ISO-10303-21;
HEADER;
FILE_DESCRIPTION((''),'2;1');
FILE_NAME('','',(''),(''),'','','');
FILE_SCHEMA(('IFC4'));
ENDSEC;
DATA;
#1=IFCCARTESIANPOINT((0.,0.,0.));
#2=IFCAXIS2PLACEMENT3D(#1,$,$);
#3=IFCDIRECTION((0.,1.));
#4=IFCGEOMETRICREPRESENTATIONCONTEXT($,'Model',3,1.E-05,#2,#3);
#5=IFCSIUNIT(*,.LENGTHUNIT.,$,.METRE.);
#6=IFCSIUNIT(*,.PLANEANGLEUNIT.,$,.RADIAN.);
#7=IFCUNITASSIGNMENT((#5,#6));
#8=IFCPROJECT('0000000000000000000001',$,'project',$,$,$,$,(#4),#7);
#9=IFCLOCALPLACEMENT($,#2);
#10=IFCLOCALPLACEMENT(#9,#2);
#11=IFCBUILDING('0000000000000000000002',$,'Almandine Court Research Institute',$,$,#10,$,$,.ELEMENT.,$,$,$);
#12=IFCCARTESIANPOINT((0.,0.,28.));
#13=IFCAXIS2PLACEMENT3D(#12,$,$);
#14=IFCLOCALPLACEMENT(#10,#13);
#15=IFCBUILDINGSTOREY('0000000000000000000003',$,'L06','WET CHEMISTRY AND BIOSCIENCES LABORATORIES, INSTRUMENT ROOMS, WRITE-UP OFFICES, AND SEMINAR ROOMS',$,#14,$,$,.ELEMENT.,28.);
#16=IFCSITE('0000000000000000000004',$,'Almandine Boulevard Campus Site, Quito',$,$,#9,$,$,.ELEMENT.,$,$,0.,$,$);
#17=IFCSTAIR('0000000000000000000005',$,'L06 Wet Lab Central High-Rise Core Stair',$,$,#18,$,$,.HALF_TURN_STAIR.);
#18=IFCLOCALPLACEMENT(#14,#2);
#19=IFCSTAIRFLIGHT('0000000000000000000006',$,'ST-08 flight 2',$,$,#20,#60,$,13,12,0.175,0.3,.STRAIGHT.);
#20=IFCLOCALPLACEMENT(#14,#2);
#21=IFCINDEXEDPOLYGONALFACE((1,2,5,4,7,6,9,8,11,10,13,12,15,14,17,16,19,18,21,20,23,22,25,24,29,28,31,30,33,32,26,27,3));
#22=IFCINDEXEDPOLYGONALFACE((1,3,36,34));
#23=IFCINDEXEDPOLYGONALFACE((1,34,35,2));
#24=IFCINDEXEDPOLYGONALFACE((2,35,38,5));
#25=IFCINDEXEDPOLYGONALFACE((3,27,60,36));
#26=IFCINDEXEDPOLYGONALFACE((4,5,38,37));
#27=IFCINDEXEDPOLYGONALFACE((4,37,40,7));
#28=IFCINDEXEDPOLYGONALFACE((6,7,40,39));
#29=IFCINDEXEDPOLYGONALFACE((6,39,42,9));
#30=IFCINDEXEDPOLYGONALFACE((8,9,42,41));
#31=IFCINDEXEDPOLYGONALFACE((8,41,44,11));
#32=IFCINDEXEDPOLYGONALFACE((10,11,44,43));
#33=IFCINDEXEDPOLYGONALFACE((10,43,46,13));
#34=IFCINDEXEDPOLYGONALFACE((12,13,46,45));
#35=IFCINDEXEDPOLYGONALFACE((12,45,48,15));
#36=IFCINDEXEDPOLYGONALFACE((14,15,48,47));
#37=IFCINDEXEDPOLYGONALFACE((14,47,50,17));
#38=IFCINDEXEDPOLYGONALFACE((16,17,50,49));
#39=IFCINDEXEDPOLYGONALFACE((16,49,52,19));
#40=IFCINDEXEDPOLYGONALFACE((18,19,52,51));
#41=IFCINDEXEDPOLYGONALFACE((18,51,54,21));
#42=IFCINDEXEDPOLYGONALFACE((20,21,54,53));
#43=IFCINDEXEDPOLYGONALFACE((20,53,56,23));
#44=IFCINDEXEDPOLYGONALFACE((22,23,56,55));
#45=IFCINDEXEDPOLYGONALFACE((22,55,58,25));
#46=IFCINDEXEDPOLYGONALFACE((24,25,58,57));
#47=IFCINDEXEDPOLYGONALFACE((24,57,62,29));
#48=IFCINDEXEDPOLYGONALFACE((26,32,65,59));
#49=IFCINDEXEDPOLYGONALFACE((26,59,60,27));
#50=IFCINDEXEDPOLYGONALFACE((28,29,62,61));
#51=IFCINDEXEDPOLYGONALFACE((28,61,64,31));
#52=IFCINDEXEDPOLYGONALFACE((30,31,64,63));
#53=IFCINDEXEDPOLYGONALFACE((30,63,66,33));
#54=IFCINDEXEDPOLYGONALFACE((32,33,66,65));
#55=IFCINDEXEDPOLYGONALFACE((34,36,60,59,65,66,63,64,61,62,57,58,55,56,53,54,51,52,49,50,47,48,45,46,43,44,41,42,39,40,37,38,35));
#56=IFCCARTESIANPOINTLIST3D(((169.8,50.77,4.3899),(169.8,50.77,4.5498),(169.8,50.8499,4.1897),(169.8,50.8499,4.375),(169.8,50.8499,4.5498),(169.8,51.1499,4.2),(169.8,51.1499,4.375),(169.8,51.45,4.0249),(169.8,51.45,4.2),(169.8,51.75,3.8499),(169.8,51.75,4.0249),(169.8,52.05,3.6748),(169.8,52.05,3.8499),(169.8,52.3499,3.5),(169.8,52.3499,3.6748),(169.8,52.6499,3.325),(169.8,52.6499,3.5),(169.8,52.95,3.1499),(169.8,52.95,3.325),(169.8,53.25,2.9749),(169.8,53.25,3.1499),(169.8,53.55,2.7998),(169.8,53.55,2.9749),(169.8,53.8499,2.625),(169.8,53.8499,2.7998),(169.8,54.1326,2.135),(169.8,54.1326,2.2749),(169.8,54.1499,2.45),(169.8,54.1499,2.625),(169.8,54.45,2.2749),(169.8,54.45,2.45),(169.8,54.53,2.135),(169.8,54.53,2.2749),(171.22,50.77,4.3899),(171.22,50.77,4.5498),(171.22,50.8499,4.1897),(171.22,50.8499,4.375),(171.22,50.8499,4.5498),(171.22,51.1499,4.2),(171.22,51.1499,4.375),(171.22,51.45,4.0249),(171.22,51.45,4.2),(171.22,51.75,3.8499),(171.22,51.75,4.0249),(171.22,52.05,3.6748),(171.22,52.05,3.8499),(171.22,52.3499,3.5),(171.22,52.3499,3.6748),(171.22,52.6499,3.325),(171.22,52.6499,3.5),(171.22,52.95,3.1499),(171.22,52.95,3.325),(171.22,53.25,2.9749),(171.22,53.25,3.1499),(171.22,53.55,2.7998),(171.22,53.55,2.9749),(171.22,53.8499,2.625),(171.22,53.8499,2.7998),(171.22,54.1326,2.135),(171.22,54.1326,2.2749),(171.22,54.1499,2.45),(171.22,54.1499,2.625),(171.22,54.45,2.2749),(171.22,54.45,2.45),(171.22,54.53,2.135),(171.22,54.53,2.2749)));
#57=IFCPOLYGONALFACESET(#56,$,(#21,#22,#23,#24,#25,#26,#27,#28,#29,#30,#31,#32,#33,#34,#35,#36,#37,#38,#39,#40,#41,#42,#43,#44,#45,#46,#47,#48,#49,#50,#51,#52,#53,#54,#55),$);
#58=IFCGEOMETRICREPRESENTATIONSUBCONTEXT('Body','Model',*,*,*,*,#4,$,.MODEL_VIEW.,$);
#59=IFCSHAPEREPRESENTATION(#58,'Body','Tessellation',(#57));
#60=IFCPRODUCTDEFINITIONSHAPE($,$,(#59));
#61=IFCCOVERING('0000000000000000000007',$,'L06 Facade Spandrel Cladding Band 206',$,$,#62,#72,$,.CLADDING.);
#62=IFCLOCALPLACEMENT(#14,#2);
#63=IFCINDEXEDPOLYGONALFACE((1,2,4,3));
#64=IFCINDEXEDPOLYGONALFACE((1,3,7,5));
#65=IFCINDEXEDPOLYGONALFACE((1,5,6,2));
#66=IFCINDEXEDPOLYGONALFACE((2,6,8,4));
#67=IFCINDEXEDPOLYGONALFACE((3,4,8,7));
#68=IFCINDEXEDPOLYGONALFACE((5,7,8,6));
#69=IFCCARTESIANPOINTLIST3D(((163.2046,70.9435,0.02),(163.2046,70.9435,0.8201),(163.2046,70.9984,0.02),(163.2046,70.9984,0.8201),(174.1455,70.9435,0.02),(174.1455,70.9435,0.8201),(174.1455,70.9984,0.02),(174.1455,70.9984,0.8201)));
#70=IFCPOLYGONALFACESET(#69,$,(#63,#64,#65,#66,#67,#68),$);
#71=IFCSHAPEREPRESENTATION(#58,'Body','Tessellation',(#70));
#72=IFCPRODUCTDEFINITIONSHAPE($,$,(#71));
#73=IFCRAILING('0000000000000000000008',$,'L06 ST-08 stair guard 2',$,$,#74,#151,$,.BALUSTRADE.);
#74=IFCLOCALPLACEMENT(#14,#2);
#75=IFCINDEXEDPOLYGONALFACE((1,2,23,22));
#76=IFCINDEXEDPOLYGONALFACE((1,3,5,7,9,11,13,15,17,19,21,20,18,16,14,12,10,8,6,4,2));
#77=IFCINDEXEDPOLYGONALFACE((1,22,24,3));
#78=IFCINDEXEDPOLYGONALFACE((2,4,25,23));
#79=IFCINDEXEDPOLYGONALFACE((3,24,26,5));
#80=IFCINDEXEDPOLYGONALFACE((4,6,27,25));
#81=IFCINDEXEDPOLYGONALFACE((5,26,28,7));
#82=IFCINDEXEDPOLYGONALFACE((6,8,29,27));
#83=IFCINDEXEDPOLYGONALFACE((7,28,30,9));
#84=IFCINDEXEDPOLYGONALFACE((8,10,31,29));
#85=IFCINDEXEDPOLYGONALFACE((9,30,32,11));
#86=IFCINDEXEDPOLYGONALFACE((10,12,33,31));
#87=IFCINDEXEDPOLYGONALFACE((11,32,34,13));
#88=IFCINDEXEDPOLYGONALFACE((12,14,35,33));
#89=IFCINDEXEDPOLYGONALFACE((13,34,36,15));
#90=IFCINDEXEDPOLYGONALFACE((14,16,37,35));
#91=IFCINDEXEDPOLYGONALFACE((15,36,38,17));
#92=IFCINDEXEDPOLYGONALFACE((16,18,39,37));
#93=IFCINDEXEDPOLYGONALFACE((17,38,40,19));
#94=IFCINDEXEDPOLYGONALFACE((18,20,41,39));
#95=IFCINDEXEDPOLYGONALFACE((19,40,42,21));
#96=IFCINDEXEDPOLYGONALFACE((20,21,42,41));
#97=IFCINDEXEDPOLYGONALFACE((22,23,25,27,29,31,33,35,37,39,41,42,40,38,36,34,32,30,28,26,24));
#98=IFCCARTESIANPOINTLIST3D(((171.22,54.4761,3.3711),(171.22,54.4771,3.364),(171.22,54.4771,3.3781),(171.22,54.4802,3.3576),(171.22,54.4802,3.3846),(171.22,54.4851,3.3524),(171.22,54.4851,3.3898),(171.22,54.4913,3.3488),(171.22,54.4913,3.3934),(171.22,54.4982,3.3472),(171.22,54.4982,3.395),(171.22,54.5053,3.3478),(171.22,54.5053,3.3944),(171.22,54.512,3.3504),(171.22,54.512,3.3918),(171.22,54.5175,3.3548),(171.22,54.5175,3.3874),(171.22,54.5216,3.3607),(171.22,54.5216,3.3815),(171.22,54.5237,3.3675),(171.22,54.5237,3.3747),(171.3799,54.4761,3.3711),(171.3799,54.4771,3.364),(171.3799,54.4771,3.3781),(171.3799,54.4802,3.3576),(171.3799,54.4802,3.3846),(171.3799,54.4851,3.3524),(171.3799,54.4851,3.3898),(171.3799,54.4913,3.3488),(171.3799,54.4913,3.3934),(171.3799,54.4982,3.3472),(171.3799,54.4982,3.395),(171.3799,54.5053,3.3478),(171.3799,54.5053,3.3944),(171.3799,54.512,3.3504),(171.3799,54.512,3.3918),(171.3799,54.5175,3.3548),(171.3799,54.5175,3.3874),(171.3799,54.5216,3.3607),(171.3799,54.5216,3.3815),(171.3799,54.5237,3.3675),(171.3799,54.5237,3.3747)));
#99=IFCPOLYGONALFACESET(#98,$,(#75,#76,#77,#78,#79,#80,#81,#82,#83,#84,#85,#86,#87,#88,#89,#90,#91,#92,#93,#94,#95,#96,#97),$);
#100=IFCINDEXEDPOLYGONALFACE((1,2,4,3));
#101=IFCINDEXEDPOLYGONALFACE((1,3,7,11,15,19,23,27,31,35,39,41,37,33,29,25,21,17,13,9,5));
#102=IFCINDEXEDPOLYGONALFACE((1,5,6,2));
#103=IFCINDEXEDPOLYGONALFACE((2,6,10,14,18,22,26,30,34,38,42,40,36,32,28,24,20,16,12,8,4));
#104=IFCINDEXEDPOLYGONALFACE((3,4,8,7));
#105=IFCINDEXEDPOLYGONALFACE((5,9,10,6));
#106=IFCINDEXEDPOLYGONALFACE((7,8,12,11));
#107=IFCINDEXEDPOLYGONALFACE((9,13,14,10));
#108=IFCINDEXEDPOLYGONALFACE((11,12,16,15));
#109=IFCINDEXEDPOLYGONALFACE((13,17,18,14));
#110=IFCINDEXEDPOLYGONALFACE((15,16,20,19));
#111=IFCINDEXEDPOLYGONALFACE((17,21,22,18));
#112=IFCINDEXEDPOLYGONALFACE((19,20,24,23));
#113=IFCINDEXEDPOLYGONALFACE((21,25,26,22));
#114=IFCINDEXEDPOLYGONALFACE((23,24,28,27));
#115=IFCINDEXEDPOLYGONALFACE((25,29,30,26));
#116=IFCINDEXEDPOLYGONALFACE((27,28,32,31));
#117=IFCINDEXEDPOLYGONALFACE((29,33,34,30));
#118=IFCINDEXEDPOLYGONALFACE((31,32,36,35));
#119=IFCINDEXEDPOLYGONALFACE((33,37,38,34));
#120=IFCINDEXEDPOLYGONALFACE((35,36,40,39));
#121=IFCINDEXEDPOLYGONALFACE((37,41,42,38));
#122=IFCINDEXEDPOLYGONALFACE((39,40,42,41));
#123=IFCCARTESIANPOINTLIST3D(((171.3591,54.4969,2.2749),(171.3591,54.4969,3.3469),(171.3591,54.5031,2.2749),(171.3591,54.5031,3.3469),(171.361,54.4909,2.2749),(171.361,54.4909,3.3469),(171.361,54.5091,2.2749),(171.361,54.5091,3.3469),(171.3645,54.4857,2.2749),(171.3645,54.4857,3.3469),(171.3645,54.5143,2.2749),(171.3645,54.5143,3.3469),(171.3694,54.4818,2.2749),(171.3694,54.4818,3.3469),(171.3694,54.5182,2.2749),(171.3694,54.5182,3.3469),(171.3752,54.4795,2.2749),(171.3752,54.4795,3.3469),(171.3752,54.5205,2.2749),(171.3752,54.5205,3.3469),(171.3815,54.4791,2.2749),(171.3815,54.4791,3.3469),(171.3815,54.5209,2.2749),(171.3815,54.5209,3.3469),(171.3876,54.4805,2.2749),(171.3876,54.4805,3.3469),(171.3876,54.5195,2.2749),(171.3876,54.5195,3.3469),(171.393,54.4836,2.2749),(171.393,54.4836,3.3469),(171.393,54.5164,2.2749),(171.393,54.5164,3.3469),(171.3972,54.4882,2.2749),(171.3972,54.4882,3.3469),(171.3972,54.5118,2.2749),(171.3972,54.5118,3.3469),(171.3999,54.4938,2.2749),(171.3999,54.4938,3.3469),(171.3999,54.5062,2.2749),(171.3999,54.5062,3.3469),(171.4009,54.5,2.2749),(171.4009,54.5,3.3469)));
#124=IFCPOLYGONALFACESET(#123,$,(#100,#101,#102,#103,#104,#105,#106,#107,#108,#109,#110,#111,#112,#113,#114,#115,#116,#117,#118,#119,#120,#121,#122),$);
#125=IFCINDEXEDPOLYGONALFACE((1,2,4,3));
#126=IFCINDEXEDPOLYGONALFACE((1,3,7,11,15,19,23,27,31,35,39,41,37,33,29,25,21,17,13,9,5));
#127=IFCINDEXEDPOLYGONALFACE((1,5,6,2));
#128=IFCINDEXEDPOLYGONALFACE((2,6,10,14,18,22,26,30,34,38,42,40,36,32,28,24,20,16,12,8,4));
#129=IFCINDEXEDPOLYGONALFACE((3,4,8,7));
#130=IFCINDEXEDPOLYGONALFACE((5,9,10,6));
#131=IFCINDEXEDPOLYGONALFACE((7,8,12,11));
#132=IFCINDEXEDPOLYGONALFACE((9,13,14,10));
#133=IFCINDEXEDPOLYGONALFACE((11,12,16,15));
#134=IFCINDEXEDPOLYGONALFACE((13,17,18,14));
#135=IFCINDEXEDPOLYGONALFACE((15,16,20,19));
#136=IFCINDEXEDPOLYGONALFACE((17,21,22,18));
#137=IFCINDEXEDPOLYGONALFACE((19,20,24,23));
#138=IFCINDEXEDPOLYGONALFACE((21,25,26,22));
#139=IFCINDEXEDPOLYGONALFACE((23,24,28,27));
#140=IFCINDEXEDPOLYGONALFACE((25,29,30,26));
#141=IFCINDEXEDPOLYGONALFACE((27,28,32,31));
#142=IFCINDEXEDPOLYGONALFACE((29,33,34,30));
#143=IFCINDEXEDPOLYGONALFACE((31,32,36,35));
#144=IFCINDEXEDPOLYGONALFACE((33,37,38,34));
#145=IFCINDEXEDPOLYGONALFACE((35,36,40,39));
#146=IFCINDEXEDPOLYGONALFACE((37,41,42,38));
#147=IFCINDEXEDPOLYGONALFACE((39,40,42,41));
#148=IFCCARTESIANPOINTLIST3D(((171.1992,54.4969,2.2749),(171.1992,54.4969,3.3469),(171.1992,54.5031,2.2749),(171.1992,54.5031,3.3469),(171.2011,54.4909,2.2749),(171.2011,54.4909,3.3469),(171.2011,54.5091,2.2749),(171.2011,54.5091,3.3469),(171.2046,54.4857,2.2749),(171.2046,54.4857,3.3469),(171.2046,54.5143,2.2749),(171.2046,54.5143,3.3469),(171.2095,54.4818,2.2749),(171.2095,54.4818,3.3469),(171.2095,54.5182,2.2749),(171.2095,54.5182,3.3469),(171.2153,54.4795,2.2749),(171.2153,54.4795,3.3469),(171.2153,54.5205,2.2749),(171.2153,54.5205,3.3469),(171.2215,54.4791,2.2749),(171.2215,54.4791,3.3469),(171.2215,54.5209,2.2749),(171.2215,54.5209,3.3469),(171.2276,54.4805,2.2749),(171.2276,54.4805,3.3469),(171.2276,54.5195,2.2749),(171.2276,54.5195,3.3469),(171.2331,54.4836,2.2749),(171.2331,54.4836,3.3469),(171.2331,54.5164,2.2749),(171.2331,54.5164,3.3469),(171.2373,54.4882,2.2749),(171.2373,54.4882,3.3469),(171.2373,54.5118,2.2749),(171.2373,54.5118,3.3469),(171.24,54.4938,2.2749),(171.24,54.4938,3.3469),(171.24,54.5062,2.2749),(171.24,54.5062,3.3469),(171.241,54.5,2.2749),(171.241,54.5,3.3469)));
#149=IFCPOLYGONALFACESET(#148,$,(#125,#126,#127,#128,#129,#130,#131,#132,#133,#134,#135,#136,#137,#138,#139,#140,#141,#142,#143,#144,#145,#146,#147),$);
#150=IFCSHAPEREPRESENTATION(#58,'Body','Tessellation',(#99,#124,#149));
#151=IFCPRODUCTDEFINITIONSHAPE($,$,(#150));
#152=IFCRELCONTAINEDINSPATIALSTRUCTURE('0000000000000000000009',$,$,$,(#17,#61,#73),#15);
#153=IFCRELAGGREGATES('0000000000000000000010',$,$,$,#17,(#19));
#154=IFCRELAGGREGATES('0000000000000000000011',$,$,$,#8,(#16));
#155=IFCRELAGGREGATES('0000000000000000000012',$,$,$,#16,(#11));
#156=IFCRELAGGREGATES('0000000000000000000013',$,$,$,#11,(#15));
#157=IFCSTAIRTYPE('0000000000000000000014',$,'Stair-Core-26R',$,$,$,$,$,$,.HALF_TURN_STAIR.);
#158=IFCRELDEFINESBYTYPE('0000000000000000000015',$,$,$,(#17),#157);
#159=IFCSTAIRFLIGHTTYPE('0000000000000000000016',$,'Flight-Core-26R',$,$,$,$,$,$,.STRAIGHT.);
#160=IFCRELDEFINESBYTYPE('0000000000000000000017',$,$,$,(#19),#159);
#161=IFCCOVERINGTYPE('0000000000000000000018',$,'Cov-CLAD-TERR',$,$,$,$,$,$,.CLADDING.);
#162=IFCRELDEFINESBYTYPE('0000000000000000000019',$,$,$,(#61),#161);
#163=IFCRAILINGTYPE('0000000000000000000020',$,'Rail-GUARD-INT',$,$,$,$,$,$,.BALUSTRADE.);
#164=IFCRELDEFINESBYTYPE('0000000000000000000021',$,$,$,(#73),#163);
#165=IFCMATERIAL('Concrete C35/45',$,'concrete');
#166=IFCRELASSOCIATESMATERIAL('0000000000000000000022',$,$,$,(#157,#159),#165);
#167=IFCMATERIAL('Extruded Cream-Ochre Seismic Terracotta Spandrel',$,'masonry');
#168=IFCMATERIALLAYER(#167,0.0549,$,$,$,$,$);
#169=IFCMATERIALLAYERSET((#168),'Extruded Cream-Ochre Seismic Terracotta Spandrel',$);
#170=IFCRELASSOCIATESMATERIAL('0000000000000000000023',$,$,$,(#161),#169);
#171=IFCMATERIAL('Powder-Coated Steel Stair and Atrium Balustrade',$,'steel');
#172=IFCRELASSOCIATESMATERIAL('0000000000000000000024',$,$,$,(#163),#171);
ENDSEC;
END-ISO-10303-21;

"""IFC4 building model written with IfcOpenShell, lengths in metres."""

from ifc_helpers import new_model, si_unit, direction, frame, origin, origin_2d, place, context, subcontext, project, spatial, polyline, rectangle, circle, outline, extrude, material, layer, layer_set, type_object, element, aggregate, save


model = new_model("IFC4")

# Units and contexts
model_context = context("Model", 3, precision=1e-05, world=origin(), true_north=direction((0.0, 1.0)))
body_context = subcontext(model_context, "Body", "Model", "MODEL_VIEW")
ifc_project = project(units=[si_unit("LENGTHUNIT", "METRE"), si_unit("PLANEANGLEUNIT", "RADIAN")], contexts=[model_context])

# Site, building, storey
site_placement = place(None, origin())
site = spatial("IfcSite", under=ifc_project, at=site_placement, Name="Almandine Boulevard Campus Site, Quito", CompositionType="ELEMENT", RefElevation=0.0)
building_placement = place(site_placement, origin())
building = spatial("IfcBuilding", under=site, at=building_placement, Name="Almandine Court Research Institute", CompositionType="ELEMENT")
storey_placement = place(building_placement, frame((0.0, 0.0, 28.0)))
storey = spatial("IfcBuildingStorey", under=building, at=storey_placement, Name="L06", Description="WET CHEMISTRY AND BIOSCIENCES LABORATORIES, INSTRUMENT ROOMS, WRITE-UP OFFICES, AND SEMINAR ROOMS", CompositionType="ELEMENT", Elevation=28.0)

# Stair, stair flight
ifc_material_1 = material(Name="Concrete C35/45", Category="concrete")
stair_type = type_object("IfcStairType", Name="Stair-Core-26R", PredefinedType="HALF_TURN_STAIR", material=ifc_material_1)
stair_placement = place(storey_placement, origin())
stair = element("IfcStair", 1, at=stair_placement, inside=storey, type_object=stair_type, Name="L06 Wet Lab Central High-Rise Core Stair", PredefinedType="HALF_TURN_STAIR")
stair_flight_type = type_object("IfcStairFlightType", Name="Flight-Core-26R", PredefinedType="STRAIGHT", material=ifc_material_1)
stair_flight_placement = place(storey_placement, frame((170.51, 54.45, 2.2749), z_axis=(0.0, 0.0, 1.0), x_axis=(0.0, -1.0, 0.0)))
stair_flight = element("IfcStairFlight", 2, at=stair_flight_placement, type_object=stair_flight_type, Name="ST-08 flight 2", NumberOfRisers=13, NumberOfTreads=12, PredefinedType="STRAIGHT", RiserHeight=0.175, TreadLength=0.3, context=body_context, shape_type="SweptSolid", body=[
    extrude(outline(polyline([(-0.0801, -0.1399), (-0.0801, 0.0), (0.0, 0.0), (0.0, 0.175), (0.3, 0.175), (0.3, 0.3501), (0.6001, 0.3501), (0.6001, 0.5249), (0.8999, 0.5249), (0.8999, 0.7), (1.2, 0.7), (1.2, 0.875), (1.5, 0.875), (1.5, 1.05), (1.8, 1.05), (1.8, 1.2251), (2.1001, 1.2251), (2.1001, 1.3999), (2.3999, 1.3999), (2.3999, 1.575), (2.7, 1.575), (2.7, 1.75), (3.0, 1.75), (3.0, 1.925), (3.3, 1.925), (3.3, 2.1001), (3.6001, 2.1001), (3.6001, 2.2749), (3.6799, 2.2749), (3.6799, 2.115), (3.6001, 1.9148), (0.3174, 0.0), (0.3174, -0.1399), (-0.0801, -0.1399)])), frame((0.0, 0.71, 0.0), z_axis=(0.0, -1.0, 0.0), x_axis=(1.0, 0.0, 0.0)), (0.0, 0.0, 1.0), 1.4199),
])
aggregate(stair, [stair_flight])

# Covering
ifc_material_2 = material(Name="Extruded Cream-Ochre Seismic Terracotta Spandrel", Category="masonry")
ifc_layer_1 = layer(ifc_material_2, 0.0549)
ifc_layer_set_1 = layer_set([ifc_layer_1], Name="Extruded Cream-Ochre Seismic Terracotta Spandrel")
covering_type = type_object("IfcCoveringType", Name="Cov-CLAD-TERR", PredefinedType="CLADDING", material=ifc_layer_set_1)
covering_placement = place(storey_placement, frame((168.675, 70.9709, 0.02), z_axis=(0.0, 0.0, 1.0), x_axis=(1.0, 0.0, 0.0)))
element("IfcCovering", 3, at=covering_placement, inside=storey, type_object=covering_type, Name="L06 Facade Spandrel Cladding Band 206", PredefinedType="CLADDING", context=body_context, shape_type="SweptSolid", body=[
    extrude(rectangle(XDim=10.9409, YDim=0.0549, at=origin_2d()), origin(), (0.0, 0.0, 1.0), 0.8),
])

# Railing
ifc_material_3 = material(Name="Powder-Coated Steel Stair and Atrium Balustrade", Category="steel")
railing_type_1 = type_object("IfcRailingType", Name="Rail-GUARD-INT", PredefinedType="BALUSTRADE", material=ifc_material_3)
railing_1_placement = place(storey_placement, frame((171.3799, 54.5, 2.2749)))
element("IfcRailing", 4, at=railing_1_placement, inside=storey, type_object=railing_type_1, Name="L06 ST-08 stair guard 2", PredefinedType="BALUSTRADE", context=body_context, shape_type="SweptSolid", body=[
    extrude(circle(Radius=0.0239, at=origin_2d()), frame((0.0, 0.0, 1.0962), z_axis=(-1.0, 0.0, 0.0), x_axis=(0.0, -1.0, 0.0)), (0.0, 0.0, 1.0), 0.1599),
    extrude(circle(Radius=0.021, at=origin_2d()), origin(), (0.0, 0.0, 1.0), 1.072),
    extrude(circle(Radius=0.021, at=origin_2d()), frame((-0.1599, 0.0, 0.0)), (0.0, 0.0, 1.0), 1.072),
])

save(model, "model.ifc")
